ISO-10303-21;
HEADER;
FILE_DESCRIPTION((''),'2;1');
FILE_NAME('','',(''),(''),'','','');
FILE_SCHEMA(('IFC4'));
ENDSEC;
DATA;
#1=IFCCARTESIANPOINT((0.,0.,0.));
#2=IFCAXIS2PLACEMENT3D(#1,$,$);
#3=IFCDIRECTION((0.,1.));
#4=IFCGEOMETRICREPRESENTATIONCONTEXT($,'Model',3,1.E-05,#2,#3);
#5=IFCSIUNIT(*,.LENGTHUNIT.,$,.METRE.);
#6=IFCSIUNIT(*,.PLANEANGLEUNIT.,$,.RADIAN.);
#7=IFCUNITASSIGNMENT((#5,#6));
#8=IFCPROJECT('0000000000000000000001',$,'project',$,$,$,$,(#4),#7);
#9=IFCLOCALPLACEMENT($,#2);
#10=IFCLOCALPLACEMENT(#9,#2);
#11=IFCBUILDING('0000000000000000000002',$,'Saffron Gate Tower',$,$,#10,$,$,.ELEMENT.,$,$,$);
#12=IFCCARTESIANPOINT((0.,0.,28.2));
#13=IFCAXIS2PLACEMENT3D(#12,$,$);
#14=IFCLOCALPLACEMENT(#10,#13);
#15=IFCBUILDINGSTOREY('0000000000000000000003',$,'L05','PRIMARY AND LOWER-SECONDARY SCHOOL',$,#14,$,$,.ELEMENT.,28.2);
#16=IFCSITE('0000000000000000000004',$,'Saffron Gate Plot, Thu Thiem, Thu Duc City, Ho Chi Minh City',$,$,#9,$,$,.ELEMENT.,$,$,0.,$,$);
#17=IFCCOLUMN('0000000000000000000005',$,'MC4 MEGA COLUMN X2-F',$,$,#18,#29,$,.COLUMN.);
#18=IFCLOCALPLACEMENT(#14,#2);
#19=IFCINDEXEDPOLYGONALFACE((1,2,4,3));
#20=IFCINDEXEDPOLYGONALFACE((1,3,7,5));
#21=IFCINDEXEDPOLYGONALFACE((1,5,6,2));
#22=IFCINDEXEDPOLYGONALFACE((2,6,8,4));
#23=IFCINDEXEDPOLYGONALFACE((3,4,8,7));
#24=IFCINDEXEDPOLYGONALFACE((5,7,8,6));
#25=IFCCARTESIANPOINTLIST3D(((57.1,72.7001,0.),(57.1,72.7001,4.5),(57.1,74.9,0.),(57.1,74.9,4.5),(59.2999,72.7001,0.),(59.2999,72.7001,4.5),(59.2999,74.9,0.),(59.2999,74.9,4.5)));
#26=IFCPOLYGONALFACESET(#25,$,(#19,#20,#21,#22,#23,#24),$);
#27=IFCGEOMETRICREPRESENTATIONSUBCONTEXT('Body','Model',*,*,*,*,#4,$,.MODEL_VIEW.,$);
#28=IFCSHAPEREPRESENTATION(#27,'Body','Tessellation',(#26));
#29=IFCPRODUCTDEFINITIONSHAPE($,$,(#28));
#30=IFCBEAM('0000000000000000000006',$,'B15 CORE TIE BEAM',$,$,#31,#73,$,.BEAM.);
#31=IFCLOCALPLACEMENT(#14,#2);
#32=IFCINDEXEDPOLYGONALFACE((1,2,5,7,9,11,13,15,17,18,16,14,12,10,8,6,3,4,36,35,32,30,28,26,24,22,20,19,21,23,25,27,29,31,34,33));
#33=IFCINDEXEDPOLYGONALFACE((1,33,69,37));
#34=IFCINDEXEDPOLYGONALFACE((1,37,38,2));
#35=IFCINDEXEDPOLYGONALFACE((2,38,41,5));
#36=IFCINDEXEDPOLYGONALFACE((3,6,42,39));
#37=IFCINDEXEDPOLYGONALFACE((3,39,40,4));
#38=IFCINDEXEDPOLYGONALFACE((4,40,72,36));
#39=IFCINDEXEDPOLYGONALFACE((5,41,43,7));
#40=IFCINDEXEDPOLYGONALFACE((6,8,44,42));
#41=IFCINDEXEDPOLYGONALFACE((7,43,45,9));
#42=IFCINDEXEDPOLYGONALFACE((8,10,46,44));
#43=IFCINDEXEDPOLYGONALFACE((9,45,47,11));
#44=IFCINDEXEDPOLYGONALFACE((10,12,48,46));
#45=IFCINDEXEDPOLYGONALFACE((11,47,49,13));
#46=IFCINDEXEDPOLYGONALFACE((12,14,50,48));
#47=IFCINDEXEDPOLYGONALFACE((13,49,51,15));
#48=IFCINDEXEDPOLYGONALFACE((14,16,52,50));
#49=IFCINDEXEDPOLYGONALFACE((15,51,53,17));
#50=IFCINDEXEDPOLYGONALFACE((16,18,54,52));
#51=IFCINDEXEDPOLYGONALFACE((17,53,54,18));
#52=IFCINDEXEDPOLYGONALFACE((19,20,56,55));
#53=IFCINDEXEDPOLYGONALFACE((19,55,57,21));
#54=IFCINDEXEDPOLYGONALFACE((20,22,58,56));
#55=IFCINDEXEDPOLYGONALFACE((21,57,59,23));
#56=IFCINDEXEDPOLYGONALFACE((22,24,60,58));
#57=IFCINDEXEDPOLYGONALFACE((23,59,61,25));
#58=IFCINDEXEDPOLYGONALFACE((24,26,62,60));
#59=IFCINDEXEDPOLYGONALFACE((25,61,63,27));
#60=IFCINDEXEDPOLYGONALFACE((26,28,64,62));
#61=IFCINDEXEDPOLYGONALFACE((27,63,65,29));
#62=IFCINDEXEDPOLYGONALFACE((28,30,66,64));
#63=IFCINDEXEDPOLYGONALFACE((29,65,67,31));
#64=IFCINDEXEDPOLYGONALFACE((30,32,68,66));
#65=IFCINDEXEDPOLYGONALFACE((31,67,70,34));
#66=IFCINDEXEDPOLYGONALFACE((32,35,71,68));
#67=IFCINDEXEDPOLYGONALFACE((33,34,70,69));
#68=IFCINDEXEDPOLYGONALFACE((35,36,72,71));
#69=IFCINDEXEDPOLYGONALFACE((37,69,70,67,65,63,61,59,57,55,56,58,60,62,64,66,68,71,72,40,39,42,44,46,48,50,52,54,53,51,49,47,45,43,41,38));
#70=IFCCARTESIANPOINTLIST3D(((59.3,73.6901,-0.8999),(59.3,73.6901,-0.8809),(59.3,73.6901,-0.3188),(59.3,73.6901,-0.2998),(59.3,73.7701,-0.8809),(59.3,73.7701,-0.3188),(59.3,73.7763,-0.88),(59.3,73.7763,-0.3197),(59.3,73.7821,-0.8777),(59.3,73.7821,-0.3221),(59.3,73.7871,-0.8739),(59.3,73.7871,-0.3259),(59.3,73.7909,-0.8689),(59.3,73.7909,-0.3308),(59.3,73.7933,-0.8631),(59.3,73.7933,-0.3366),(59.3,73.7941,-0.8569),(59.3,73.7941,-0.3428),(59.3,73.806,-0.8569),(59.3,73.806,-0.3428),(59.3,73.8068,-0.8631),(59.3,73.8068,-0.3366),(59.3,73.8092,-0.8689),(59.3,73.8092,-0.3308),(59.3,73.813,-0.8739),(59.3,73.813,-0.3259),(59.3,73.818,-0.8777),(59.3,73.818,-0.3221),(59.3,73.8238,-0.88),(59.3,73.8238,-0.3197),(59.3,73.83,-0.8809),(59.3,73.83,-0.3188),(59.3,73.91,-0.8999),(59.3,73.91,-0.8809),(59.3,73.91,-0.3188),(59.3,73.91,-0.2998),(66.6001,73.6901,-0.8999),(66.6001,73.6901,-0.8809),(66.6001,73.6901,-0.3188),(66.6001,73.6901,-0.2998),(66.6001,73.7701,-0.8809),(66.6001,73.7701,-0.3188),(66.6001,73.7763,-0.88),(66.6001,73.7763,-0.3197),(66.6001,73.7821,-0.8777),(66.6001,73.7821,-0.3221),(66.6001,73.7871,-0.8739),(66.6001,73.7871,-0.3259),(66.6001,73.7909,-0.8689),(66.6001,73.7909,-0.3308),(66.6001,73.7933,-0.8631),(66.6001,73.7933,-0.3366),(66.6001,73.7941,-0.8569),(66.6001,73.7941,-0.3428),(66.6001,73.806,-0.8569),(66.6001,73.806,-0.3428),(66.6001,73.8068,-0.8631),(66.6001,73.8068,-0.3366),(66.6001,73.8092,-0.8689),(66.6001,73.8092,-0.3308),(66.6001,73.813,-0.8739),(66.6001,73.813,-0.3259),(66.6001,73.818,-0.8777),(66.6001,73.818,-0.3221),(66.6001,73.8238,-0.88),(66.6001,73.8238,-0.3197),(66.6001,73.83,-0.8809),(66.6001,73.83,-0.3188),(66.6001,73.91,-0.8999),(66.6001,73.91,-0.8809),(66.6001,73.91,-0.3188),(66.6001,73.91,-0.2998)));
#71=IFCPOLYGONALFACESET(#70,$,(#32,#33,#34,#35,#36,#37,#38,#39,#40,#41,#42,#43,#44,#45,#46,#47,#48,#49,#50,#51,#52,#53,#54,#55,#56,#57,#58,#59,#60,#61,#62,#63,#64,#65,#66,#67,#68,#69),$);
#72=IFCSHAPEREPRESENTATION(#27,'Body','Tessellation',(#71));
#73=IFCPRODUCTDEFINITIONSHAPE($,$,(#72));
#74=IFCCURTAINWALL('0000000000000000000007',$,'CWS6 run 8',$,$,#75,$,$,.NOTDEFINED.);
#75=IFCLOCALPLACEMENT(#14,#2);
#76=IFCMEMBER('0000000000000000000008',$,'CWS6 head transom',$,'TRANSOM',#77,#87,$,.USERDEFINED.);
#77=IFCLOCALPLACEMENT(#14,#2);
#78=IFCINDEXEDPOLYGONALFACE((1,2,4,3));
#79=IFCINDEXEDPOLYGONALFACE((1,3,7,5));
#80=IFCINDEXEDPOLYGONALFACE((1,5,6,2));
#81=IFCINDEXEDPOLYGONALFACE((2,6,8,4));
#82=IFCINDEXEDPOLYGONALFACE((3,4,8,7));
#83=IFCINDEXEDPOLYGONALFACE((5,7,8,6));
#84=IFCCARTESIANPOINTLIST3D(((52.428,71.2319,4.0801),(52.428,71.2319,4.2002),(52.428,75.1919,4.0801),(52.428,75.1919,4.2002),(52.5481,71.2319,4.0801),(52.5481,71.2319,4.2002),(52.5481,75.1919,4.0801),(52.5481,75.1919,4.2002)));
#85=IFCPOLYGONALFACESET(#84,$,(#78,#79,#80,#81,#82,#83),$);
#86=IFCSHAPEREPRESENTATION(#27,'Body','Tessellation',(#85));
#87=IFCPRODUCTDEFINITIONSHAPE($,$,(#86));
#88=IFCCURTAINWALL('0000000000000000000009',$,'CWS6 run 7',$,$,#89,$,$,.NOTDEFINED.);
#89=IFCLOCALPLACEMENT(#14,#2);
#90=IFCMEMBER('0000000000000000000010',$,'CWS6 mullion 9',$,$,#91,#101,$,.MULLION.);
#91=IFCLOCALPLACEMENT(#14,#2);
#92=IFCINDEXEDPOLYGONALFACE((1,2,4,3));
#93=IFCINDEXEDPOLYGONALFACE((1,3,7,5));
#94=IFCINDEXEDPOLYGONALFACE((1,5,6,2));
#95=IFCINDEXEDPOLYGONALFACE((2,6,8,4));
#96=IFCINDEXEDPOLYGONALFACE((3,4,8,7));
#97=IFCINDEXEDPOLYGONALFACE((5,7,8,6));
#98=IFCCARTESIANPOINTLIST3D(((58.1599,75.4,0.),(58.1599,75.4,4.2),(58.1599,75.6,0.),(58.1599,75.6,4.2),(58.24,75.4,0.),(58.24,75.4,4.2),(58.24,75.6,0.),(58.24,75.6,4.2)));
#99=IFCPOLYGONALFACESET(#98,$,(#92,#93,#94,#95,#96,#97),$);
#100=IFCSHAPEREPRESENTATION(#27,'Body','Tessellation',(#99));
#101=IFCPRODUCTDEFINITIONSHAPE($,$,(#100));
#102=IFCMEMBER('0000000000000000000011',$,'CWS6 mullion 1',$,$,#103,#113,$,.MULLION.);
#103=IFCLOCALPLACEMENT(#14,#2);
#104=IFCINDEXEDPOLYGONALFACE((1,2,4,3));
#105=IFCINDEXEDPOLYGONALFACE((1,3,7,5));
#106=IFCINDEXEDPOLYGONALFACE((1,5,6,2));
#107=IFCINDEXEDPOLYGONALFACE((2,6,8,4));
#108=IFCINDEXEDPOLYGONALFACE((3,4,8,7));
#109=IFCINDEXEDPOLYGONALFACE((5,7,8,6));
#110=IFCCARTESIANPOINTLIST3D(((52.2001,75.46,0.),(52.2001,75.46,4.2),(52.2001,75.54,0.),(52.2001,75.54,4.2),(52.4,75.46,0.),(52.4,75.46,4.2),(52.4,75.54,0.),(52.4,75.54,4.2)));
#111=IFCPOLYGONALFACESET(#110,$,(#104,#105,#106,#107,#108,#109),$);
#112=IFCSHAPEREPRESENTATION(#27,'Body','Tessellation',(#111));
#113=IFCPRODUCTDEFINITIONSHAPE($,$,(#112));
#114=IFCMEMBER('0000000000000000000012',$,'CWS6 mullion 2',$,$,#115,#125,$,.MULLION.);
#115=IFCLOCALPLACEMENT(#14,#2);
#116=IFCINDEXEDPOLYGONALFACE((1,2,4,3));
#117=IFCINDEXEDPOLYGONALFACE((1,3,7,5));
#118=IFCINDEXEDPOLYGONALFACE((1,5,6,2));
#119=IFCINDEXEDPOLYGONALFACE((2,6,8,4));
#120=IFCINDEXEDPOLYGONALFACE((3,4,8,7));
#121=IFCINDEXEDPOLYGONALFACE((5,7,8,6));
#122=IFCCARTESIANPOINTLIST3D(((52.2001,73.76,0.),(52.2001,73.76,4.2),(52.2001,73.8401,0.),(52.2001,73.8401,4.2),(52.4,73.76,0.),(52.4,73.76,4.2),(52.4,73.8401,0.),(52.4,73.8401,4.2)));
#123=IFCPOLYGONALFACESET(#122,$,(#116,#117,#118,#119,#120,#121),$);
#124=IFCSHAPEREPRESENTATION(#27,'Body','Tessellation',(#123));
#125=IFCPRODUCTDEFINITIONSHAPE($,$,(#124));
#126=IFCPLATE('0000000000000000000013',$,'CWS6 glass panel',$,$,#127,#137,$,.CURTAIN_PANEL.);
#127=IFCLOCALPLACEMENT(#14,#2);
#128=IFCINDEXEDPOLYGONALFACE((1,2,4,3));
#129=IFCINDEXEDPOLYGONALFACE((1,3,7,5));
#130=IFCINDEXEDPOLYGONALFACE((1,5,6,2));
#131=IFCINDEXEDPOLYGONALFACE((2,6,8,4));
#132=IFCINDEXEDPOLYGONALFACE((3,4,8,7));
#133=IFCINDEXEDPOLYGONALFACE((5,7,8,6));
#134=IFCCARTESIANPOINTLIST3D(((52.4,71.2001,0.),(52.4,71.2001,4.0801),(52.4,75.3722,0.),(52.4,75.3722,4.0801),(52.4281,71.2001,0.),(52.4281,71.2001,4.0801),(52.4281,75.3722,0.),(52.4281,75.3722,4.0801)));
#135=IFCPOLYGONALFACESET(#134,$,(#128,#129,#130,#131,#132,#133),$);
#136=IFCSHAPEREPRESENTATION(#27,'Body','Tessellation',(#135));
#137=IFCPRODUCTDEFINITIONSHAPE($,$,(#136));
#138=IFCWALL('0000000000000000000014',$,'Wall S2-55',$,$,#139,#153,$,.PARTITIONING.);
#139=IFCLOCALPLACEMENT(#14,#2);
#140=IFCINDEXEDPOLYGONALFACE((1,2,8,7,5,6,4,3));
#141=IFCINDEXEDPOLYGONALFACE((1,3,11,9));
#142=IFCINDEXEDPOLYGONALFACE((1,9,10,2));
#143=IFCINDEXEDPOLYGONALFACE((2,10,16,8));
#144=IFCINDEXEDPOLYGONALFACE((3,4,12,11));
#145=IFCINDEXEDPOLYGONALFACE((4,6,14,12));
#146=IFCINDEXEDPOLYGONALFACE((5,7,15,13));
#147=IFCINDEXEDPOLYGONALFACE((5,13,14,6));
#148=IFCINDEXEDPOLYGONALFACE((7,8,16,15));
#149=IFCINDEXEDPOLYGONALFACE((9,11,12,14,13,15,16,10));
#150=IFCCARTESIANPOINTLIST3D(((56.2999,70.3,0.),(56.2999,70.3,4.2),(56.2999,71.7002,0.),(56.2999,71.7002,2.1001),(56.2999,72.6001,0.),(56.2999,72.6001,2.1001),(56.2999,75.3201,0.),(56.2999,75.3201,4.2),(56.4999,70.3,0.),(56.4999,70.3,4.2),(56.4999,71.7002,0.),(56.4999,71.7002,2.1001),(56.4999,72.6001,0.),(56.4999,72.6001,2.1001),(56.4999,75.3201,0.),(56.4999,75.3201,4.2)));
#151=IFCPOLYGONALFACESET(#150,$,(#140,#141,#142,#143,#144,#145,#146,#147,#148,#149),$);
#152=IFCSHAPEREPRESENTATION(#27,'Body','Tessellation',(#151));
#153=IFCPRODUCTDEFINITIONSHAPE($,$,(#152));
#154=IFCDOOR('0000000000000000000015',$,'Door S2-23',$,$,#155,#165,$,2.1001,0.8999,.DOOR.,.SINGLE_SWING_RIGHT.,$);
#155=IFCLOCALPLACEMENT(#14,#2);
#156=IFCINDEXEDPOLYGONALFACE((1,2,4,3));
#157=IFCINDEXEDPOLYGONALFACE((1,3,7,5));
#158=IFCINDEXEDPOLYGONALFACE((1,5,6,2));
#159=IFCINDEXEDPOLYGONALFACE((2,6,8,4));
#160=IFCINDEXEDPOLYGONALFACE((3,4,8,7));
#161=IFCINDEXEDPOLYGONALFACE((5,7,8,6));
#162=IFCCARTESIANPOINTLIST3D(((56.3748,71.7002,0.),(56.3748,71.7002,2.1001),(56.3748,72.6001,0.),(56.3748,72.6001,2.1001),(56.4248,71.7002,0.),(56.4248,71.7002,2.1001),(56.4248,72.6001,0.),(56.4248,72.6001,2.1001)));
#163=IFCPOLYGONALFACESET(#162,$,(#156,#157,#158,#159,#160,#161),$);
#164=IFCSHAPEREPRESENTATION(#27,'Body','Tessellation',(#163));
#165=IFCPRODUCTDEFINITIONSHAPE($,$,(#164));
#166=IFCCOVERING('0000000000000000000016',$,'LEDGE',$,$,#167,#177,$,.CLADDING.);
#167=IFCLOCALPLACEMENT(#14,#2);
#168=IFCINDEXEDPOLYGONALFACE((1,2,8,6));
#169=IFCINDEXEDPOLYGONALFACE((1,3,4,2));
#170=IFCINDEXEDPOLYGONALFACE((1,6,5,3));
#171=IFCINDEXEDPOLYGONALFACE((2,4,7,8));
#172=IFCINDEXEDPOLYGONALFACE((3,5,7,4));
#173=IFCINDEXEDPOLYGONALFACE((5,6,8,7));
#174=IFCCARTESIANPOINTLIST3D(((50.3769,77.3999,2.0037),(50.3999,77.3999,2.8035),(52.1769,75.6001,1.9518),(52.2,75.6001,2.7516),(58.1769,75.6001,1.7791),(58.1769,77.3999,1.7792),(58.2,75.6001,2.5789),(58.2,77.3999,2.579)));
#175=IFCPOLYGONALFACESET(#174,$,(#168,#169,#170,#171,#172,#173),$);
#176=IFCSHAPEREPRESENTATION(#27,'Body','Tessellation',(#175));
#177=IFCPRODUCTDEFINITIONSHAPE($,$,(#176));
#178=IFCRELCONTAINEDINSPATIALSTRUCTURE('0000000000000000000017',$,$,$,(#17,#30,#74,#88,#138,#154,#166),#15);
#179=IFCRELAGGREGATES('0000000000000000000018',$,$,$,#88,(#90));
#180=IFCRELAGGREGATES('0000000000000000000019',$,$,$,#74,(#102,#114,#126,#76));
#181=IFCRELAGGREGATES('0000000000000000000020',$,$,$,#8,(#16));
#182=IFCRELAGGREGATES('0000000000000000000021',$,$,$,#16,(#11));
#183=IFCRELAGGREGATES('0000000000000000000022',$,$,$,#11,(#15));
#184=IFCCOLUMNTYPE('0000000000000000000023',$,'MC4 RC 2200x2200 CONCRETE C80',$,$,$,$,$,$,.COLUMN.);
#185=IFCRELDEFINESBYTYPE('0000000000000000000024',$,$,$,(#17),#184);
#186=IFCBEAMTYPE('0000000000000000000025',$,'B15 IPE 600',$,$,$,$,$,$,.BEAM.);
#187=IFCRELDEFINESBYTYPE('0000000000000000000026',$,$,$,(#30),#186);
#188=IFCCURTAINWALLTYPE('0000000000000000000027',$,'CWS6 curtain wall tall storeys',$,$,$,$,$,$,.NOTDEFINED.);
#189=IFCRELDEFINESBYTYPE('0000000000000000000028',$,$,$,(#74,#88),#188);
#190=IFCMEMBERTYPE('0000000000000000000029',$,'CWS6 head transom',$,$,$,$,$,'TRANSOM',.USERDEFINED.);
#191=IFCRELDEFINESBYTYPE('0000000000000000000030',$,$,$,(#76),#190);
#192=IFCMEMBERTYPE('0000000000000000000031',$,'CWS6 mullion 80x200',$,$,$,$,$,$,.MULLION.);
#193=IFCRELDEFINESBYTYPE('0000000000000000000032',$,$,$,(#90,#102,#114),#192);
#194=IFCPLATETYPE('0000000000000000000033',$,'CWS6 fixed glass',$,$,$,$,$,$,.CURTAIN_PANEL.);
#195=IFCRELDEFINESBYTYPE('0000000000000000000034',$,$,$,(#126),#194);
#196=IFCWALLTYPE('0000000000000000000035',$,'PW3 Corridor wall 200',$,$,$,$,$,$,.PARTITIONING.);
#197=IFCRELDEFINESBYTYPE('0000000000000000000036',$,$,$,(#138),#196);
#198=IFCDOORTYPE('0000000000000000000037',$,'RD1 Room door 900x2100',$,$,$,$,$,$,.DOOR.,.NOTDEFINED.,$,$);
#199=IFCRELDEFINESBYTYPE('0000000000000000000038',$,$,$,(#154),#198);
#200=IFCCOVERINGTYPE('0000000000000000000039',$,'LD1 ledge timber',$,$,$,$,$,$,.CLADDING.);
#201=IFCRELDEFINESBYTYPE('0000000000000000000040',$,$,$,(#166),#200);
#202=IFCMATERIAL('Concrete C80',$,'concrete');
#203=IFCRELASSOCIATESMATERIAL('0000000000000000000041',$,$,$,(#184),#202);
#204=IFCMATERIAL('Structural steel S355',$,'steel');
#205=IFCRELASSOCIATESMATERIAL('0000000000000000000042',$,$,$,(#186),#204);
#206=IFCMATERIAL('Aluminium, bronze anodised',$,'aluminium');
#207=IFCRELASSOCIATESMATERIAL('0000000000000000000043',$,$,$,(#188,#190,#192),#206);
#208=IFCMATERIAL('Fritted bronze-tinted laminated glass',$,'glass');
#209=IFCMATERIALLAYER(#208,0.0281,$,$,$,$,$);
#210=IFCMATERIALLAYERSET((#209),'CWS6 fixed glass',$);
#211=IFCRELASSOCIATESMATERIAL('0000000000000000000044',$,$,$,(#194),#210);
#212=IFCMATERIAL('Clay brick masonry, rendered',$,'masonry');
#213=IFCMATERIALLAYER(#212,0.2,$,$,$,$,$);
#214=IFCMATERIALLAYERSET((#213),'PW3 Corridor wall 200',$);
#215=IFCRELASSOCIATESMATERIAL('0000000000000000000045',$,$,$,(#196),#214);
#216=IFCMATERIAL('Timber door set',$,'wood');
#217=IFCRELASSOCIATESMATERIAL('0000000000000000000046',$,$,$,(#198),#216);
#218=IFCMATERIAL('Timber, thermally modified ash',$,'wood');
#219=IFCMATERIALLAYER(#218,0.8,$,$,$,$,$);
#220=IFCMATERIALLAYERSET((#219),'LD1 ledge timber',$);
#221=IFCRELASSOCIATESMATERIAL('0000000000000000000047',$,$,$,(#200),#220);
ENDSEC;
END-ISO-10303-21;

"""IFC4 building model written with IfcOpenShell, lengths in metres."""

from ifc_helpers import new_model, si_unit, direction, frame, frame_2d, origin, origin_2d, place, context, subcontext, project, spatial, polyline, rectangle, i_section, outline, extrude, material, layer, layer_set, material_profile, profile_set, type_object, element, fill, aggregate, save


model = new_model("IFC4")

# Units and contexts
model_context = context("Model", 3, precision=1e-05, world=origin(), true_north=direction((0.0, 1.0)))
body_context = subcontext(model_context, "Body", "Model", "MODEL_VIEW")
ifc_project = project(units=[si_unit("LENGTHUNIT", "METRE"), si_unit("PLANEANGLEUNIT", "RADIAN")], contexts=[model_context])

# Site, building, storey
site_placement = place(None, origin())
site = spatial("IfcSite", under=ifc_project, at=site_placement, Name="Saffron Gate Plot, Thu Thiem, Thu Duc City, Ho Chi Minh City", CompositionType="ELEMENT", RefElevation=0.0)
building_placement = place(site_placement, origin())
building = spatial("IfcBuilding", under=site, at=building_placement, Name="Saffron Gate Tower", CompositionType="ELEMENT")
storey_placement = place(building_placement, frame((0.0, 0.0, 28.2)))
storey = spatial("IfcBuildingStorey", under=building, at=storey_placement, Name="L05", Description="PRIMARY AND LOWER-SECONDARY SCHOOL", CompositionType="ELEMENT", Elevation=28.2)

# Column
ifc_material_1 = material(Name="Concrete C80", Category="concrete")
ifc_material_profile_1 = material_profile(ifc_material_1, rectangle(XDim=2.2, YDim=2.2, at=origin_2d()))
ifc_profile_set_1 = profile_set([ifc_material_profile_1], Name="Concrete C80")
column_type = type_object("IfcColumnType", Name="MC4 RC 2200x2200 CONCRETE C80", PredefinedType="COLUMN", material=ifc_profile_set_1)
column_placement = place(storey_placement, frame((58.2, 73.8, 0.0), z_axis=(0.0, 0.0, 1.0), x_axis=(1.0, 0.0, 0.0)))
element("IfcColumn", 1, at=column_placement, inside=storey, type_object=column_type, Name="MC4 MEGA COLUMN X2-F", PredefinedType="COLUMN", context=body_context, shape_type="SweptSolid", body=[
    extrude(rectangle(XDim=2.2, YDim=2.2, at=origin_2d()), origin(), (0.0, 0.0, 1.0), 4.5),
])

# Beam
ifc_material_2 = material(Name="Structural steel S355", Category="steel")
ifc_material_profile_2 = material_profile(ifc_material_2, i_section(OverallWidth=0.22, OverallDepth=0.6001, WebThickness=0.012, FlangeThickness=0.019, FilletRadius=0.0239, at=origin_2d()))
ifc_profile_set_2 = profile_set([ifc_material_profile_2], Name="Structural steel S355")
beam_type = type_object("IfcBeamType", Name="B15 IPE 600", PredefinedType="BEAM", material=ifc_profile_set_2)
beam_placement = place(storey_placement, frame((59.3, 73.8, -0.5999), z_axis=(1.0, 0.0, 0.0), x_axis=(0.0, 1.0, 0.0)))
element("IfcBeam", 2, at=beam_placement, inside=storey, type_object=beam_type, Name="B15 CORE TIE BEAM", PredefinedType="BEAM", context=body_context, shape_type="SweptSolid", body=[
    extrude(i_section(OverallWidth=0.22, OverallDepth=0.6001, WebThickness=0.012, FlangeThickness=0.019, FilletRadius=0.0239, at=origin_2d()), origin(), (0.0, 0.0, 1.0), 7.3),
])

# Curtain walls, members
ifc_material_3 = material(Name="Aluminium, bronze anodised", Category="aluminium")
curtain_wall_type = type_object("IfcCurtainWallType", Name="CWS6 curtain wall tall storeys", PredefinedType="NOTDEFINED", material=ifc_material_3)
curtain_wall_1_placement = place(storey_placement, origin())
curtain_wall_1 = element("IfcCurtainWall", 3, at=curtain_wall_1_placement, inside=storey, type_object=curtain_wall_type, Name="CWS6 run 8", PredefinedType="NOTDEFINED")
ifc_material_profile_3 = material_profile(ifc_material_3, rectangle(XDim=0.1201, YDim=0.1201, at=origin_2d()))
ifc_profile_set_3 = profile_set([ifc_material_profile_3], Name="Aluminium, bronze anodised")
member_type_1 = type_object("IfcMemberType", Name="CWS6 head transom", ElementType="TRANSOM", PredefinedType="USERDEFINED", material=ifc_profile_set_3)
member_1_placement = place(storey_placement, frame((52.488, 75.1919, 4.1401), z_axis=(0.0, -1.0, 0.0), x_axis=(1.0, 0.0, 0.0)))
member_1 = element("IfcMember", 4, at=member_1_placement, type_object=member_type_1, Name="CWS6 head transom", ObjectType="TRANSOM", PredefinedType="USERDEFINED", context=body_context, shape_type="SweptSolid", body=[
    extrude(rectangle(XDim=0.1201, YDim=0.1201, at=origin_2d()), origin(), (0.0, 0.0, 1.0), 3.96),
])
curtain_wall_2_placement = place(storey_placement, origin())
curtain_wall_2 = element("IfcCurtainWall", 5, at=curtain_wall_2_placement, inside=storey, type_object=curtain_wall_type, Name="CWS6 run 7", PredefinedType="NOTDEFINED")
ifc_material_profile_4 = material_profile(ifc_material_3, rectangle(XDim=0.2, YDim=0.0801, at=origin_2d()))
ifc_profile_set_4 = profile_set([ifc_material_profile_4], Name="Aluminium, bronze anodised")
member_type_2 = type_object("IfcMemberType", Name="CWS6 mullion 80x200", PredefinedType="MULLION", material=ifc_profile_set_4)
member_2_placement = place(storey_placement, frame((58.2, 75.5, 0.0), z_axis=(0.0, 0.0, 1.0), x_axis=(0.0, -1.0, 0.0)))
member_2 = element("IfcMember", 6, at=member_2_placement, type_object=member_type_2, Name="CWS6 mullion 9", PredefinedType="MULLION", context=body_context, shape_type="SweptSolid", body=[
    extrude(rectangle(XDim=0.2, YDim=0.0801, at=origin_2d()), origin(), (0.0, 0.0, 1.0), 4.2),
])
aggregate(curtain_wall_2, [member_2])

# Members
member_3_placement = place(storey_placement, frame((52.3, 75.5, 0.0), z_axis=(0.0, 0.0, 1.0), x_axis=(1.0, 0.0, 0.0)))
member_3 = element("IfcMember", 7, at=member_3_placement, type_object=member_type_2, Name="CWS6 mullion 1", PredefinedType="MULLION", context=body_context, shape_type="SweptSolid", body=[
    extrude(rectangle(XDim=0.2, YDim=0.0801, at=origin_2d()), origin(), (0.0, 0.0, 1.0), 4.2),
])
member_4_placement = place(storey_placement, frame((52.3, 73.8, 0.0), z_axis=(0.0, 0.0, 1.0), x_axis=(1.0, 0.0, 0.0)))
member_4 = element("IfcMember", 8, at=member_4_placement, type_object=member_type_2, Name="CWS6 mullion 2", PredefinedType="MULLION", context=body_context, shape_type="SweptSolid", body=[
    extrude(rectangle(XDim=0.2, YDim=0.0801, at=origin_2d()), origin(), (0.0, 0.0, 1.0), 4.2),
])

# Plate
ifc_material_4 = material(Name="Fritted bronze-tinted laminated glass", Category="glass")
ifc_layer_1 = layer(ifc_material_4, 0.0281)
ifc_layer_set_1 = layer_set([ifc_layer_1], Name="CWS6 fixed glass")
plate_type = type_object("IfcPlateType", Name="CWS6 fixed glass", PredefinedType="CURTAIN_PANEL", material=ifc_layer_set_1)
plate_placement = place(storey_placement, frame((52.4141, 75.3721, 0.0), z_axis=(0.0, 0.0, 1.0), x_axis=(0.0, -1.0, 0.0)))
plate = element("IfcPlate", 9, at=plate_placement, type_object=plate_type, Name="CWS6 glass panel", PredefinedType="CURTAIN_PANEL", context=body_context, shape_type="SweptSolid", body=[
    extrude(rectangle(XDim=4.1721, YDim=0.0281, at=frame_2d((2.0859, 0.0))), origin(), (0.0, 0.0, 1.0), 4.0801),
])
aggregate(curtain_wall_1, [member_3, member_4, plate, member_1])

# Wall, opening, door
ifc_material_5 = material(Name="Clay brick masonry, rendered", Category="masonry")
ifc_layer_2 = layer(ifc_material_5, 0.2)
ifc_layer_set_2 = layer_set([ifc_layer_2], Name="PW3 Corridor wall 200")
wall_type = type_object("IfcWallType", Name="PW3 Corridor wall 200", PredefinedType="PARTITIONING", material=ifc_layer_set_2)
wall_placement = place(storey_placement, frame((56.3999, 75.3201, 0.0), z_axis=(0.0, 0.0, 1.0), x_axis=(0.0, -1.0, 0.0)))
wall = element("IfcWall", 10, at=wall_placement, inside=storey, type_object=wall_type, Name="Wall S2-55", PredefinedType="PARTITIONING", context=body_context, shape_type="SweptSolid", body=[
    extrude(rectangle(XDim=5.02, YDim=0.2, at=frame_2d((2.51, 0.0))), origin(), (0.0, 0.0, 1.0), 4.2),
])
opening_placement = place(wall_placement, frame((2.72, 0.0, 0.0)))
opening = element("IfcOpeningElement", 11, at=opening_placement, cuts=wall, PredefinedType="OPENING", context=body_context, shape_type="SweptSolid", body=[
    extrude(rectangle(XDim=0.8999, YDim=2.1001, at=frame_2d((0.45, 1.05))), frame((0.0, 0.1099, 0.0), z_axis=(0.0, -1.0, 0.0), x_axis=(1.0, 0.0, 0.0)), (0.0, 0.0, 1.0), 0.22),
])
ifc_material_6 = material(Name="Timber door set", Category="wood")
door_type = type_object("IfcDoorType", Name="RD1 Room door 900x2100", OperationType="NOTDEFINED", PredefinedType="DOOR", material=ifc_material_6)
door_placement = place(opening_placement, origin())
door = element("IfcDoor", 12, at=door_placement, inside=storey, type_object=door_type, Name="Door S2-23", OperationType="SINGLE_SWING_RIGHT", OverallHeight=2.1001, OverallWidth=0.8999, PredefinedType="DOOR", context=body_context, shape_type="SweptSolid", body=[
    extrude(rectangle(XDim=0.8999, YDim=2.1001, at=frame_2d((0.45, 1.05))), frame((0.0, 0.0249, 0.0), z_axis=(0.0, -1.0, 0.0), x_axis=(1.0, 0.0, 0.0)), (0.0, 0.0, 1.0), 0.05),
])
fill(opening, door)

# Covering
ifc_material_7 = material(Name="Timber, thermally modified ash", Category="wood")
ifc_layer_3 = layer(ifc_material_7, 0.8)
ifc_layer_set_3 = layer_set([ifc_layer_3], Name="LD1 ledge timber")
covering_type_1 = type_object("IfcCoveringType", Name="LD1 ledge timber", PredefinedType="CLADDING", material=ifc_layer_set_3)
covering_1_placement = place(storey_placement, frame((58.2, 75.6001, 2.5789), z_axis=(0.028772, -0.000053, 0.999586), x_axis=(-0.999586, 0.0, 0.028772)))
element("IfcCovering", 13, at=covering_1_placement, inside=storey, type_object=covering_type_1, Name="LEDGE", PredefinedType="CLADDING", context=body_context, shape_type="SweptSolid", body=[
    extrude(outline(polyline([(0.0, 0.0), (6.0025, 0.0), (7.8033, -1.7998), (0.0, -1.7998), (0.0, 0.0)])), origin(), (0.0, 0.0, -1.0), 0.8),
])

save(model, "model.ifc")
